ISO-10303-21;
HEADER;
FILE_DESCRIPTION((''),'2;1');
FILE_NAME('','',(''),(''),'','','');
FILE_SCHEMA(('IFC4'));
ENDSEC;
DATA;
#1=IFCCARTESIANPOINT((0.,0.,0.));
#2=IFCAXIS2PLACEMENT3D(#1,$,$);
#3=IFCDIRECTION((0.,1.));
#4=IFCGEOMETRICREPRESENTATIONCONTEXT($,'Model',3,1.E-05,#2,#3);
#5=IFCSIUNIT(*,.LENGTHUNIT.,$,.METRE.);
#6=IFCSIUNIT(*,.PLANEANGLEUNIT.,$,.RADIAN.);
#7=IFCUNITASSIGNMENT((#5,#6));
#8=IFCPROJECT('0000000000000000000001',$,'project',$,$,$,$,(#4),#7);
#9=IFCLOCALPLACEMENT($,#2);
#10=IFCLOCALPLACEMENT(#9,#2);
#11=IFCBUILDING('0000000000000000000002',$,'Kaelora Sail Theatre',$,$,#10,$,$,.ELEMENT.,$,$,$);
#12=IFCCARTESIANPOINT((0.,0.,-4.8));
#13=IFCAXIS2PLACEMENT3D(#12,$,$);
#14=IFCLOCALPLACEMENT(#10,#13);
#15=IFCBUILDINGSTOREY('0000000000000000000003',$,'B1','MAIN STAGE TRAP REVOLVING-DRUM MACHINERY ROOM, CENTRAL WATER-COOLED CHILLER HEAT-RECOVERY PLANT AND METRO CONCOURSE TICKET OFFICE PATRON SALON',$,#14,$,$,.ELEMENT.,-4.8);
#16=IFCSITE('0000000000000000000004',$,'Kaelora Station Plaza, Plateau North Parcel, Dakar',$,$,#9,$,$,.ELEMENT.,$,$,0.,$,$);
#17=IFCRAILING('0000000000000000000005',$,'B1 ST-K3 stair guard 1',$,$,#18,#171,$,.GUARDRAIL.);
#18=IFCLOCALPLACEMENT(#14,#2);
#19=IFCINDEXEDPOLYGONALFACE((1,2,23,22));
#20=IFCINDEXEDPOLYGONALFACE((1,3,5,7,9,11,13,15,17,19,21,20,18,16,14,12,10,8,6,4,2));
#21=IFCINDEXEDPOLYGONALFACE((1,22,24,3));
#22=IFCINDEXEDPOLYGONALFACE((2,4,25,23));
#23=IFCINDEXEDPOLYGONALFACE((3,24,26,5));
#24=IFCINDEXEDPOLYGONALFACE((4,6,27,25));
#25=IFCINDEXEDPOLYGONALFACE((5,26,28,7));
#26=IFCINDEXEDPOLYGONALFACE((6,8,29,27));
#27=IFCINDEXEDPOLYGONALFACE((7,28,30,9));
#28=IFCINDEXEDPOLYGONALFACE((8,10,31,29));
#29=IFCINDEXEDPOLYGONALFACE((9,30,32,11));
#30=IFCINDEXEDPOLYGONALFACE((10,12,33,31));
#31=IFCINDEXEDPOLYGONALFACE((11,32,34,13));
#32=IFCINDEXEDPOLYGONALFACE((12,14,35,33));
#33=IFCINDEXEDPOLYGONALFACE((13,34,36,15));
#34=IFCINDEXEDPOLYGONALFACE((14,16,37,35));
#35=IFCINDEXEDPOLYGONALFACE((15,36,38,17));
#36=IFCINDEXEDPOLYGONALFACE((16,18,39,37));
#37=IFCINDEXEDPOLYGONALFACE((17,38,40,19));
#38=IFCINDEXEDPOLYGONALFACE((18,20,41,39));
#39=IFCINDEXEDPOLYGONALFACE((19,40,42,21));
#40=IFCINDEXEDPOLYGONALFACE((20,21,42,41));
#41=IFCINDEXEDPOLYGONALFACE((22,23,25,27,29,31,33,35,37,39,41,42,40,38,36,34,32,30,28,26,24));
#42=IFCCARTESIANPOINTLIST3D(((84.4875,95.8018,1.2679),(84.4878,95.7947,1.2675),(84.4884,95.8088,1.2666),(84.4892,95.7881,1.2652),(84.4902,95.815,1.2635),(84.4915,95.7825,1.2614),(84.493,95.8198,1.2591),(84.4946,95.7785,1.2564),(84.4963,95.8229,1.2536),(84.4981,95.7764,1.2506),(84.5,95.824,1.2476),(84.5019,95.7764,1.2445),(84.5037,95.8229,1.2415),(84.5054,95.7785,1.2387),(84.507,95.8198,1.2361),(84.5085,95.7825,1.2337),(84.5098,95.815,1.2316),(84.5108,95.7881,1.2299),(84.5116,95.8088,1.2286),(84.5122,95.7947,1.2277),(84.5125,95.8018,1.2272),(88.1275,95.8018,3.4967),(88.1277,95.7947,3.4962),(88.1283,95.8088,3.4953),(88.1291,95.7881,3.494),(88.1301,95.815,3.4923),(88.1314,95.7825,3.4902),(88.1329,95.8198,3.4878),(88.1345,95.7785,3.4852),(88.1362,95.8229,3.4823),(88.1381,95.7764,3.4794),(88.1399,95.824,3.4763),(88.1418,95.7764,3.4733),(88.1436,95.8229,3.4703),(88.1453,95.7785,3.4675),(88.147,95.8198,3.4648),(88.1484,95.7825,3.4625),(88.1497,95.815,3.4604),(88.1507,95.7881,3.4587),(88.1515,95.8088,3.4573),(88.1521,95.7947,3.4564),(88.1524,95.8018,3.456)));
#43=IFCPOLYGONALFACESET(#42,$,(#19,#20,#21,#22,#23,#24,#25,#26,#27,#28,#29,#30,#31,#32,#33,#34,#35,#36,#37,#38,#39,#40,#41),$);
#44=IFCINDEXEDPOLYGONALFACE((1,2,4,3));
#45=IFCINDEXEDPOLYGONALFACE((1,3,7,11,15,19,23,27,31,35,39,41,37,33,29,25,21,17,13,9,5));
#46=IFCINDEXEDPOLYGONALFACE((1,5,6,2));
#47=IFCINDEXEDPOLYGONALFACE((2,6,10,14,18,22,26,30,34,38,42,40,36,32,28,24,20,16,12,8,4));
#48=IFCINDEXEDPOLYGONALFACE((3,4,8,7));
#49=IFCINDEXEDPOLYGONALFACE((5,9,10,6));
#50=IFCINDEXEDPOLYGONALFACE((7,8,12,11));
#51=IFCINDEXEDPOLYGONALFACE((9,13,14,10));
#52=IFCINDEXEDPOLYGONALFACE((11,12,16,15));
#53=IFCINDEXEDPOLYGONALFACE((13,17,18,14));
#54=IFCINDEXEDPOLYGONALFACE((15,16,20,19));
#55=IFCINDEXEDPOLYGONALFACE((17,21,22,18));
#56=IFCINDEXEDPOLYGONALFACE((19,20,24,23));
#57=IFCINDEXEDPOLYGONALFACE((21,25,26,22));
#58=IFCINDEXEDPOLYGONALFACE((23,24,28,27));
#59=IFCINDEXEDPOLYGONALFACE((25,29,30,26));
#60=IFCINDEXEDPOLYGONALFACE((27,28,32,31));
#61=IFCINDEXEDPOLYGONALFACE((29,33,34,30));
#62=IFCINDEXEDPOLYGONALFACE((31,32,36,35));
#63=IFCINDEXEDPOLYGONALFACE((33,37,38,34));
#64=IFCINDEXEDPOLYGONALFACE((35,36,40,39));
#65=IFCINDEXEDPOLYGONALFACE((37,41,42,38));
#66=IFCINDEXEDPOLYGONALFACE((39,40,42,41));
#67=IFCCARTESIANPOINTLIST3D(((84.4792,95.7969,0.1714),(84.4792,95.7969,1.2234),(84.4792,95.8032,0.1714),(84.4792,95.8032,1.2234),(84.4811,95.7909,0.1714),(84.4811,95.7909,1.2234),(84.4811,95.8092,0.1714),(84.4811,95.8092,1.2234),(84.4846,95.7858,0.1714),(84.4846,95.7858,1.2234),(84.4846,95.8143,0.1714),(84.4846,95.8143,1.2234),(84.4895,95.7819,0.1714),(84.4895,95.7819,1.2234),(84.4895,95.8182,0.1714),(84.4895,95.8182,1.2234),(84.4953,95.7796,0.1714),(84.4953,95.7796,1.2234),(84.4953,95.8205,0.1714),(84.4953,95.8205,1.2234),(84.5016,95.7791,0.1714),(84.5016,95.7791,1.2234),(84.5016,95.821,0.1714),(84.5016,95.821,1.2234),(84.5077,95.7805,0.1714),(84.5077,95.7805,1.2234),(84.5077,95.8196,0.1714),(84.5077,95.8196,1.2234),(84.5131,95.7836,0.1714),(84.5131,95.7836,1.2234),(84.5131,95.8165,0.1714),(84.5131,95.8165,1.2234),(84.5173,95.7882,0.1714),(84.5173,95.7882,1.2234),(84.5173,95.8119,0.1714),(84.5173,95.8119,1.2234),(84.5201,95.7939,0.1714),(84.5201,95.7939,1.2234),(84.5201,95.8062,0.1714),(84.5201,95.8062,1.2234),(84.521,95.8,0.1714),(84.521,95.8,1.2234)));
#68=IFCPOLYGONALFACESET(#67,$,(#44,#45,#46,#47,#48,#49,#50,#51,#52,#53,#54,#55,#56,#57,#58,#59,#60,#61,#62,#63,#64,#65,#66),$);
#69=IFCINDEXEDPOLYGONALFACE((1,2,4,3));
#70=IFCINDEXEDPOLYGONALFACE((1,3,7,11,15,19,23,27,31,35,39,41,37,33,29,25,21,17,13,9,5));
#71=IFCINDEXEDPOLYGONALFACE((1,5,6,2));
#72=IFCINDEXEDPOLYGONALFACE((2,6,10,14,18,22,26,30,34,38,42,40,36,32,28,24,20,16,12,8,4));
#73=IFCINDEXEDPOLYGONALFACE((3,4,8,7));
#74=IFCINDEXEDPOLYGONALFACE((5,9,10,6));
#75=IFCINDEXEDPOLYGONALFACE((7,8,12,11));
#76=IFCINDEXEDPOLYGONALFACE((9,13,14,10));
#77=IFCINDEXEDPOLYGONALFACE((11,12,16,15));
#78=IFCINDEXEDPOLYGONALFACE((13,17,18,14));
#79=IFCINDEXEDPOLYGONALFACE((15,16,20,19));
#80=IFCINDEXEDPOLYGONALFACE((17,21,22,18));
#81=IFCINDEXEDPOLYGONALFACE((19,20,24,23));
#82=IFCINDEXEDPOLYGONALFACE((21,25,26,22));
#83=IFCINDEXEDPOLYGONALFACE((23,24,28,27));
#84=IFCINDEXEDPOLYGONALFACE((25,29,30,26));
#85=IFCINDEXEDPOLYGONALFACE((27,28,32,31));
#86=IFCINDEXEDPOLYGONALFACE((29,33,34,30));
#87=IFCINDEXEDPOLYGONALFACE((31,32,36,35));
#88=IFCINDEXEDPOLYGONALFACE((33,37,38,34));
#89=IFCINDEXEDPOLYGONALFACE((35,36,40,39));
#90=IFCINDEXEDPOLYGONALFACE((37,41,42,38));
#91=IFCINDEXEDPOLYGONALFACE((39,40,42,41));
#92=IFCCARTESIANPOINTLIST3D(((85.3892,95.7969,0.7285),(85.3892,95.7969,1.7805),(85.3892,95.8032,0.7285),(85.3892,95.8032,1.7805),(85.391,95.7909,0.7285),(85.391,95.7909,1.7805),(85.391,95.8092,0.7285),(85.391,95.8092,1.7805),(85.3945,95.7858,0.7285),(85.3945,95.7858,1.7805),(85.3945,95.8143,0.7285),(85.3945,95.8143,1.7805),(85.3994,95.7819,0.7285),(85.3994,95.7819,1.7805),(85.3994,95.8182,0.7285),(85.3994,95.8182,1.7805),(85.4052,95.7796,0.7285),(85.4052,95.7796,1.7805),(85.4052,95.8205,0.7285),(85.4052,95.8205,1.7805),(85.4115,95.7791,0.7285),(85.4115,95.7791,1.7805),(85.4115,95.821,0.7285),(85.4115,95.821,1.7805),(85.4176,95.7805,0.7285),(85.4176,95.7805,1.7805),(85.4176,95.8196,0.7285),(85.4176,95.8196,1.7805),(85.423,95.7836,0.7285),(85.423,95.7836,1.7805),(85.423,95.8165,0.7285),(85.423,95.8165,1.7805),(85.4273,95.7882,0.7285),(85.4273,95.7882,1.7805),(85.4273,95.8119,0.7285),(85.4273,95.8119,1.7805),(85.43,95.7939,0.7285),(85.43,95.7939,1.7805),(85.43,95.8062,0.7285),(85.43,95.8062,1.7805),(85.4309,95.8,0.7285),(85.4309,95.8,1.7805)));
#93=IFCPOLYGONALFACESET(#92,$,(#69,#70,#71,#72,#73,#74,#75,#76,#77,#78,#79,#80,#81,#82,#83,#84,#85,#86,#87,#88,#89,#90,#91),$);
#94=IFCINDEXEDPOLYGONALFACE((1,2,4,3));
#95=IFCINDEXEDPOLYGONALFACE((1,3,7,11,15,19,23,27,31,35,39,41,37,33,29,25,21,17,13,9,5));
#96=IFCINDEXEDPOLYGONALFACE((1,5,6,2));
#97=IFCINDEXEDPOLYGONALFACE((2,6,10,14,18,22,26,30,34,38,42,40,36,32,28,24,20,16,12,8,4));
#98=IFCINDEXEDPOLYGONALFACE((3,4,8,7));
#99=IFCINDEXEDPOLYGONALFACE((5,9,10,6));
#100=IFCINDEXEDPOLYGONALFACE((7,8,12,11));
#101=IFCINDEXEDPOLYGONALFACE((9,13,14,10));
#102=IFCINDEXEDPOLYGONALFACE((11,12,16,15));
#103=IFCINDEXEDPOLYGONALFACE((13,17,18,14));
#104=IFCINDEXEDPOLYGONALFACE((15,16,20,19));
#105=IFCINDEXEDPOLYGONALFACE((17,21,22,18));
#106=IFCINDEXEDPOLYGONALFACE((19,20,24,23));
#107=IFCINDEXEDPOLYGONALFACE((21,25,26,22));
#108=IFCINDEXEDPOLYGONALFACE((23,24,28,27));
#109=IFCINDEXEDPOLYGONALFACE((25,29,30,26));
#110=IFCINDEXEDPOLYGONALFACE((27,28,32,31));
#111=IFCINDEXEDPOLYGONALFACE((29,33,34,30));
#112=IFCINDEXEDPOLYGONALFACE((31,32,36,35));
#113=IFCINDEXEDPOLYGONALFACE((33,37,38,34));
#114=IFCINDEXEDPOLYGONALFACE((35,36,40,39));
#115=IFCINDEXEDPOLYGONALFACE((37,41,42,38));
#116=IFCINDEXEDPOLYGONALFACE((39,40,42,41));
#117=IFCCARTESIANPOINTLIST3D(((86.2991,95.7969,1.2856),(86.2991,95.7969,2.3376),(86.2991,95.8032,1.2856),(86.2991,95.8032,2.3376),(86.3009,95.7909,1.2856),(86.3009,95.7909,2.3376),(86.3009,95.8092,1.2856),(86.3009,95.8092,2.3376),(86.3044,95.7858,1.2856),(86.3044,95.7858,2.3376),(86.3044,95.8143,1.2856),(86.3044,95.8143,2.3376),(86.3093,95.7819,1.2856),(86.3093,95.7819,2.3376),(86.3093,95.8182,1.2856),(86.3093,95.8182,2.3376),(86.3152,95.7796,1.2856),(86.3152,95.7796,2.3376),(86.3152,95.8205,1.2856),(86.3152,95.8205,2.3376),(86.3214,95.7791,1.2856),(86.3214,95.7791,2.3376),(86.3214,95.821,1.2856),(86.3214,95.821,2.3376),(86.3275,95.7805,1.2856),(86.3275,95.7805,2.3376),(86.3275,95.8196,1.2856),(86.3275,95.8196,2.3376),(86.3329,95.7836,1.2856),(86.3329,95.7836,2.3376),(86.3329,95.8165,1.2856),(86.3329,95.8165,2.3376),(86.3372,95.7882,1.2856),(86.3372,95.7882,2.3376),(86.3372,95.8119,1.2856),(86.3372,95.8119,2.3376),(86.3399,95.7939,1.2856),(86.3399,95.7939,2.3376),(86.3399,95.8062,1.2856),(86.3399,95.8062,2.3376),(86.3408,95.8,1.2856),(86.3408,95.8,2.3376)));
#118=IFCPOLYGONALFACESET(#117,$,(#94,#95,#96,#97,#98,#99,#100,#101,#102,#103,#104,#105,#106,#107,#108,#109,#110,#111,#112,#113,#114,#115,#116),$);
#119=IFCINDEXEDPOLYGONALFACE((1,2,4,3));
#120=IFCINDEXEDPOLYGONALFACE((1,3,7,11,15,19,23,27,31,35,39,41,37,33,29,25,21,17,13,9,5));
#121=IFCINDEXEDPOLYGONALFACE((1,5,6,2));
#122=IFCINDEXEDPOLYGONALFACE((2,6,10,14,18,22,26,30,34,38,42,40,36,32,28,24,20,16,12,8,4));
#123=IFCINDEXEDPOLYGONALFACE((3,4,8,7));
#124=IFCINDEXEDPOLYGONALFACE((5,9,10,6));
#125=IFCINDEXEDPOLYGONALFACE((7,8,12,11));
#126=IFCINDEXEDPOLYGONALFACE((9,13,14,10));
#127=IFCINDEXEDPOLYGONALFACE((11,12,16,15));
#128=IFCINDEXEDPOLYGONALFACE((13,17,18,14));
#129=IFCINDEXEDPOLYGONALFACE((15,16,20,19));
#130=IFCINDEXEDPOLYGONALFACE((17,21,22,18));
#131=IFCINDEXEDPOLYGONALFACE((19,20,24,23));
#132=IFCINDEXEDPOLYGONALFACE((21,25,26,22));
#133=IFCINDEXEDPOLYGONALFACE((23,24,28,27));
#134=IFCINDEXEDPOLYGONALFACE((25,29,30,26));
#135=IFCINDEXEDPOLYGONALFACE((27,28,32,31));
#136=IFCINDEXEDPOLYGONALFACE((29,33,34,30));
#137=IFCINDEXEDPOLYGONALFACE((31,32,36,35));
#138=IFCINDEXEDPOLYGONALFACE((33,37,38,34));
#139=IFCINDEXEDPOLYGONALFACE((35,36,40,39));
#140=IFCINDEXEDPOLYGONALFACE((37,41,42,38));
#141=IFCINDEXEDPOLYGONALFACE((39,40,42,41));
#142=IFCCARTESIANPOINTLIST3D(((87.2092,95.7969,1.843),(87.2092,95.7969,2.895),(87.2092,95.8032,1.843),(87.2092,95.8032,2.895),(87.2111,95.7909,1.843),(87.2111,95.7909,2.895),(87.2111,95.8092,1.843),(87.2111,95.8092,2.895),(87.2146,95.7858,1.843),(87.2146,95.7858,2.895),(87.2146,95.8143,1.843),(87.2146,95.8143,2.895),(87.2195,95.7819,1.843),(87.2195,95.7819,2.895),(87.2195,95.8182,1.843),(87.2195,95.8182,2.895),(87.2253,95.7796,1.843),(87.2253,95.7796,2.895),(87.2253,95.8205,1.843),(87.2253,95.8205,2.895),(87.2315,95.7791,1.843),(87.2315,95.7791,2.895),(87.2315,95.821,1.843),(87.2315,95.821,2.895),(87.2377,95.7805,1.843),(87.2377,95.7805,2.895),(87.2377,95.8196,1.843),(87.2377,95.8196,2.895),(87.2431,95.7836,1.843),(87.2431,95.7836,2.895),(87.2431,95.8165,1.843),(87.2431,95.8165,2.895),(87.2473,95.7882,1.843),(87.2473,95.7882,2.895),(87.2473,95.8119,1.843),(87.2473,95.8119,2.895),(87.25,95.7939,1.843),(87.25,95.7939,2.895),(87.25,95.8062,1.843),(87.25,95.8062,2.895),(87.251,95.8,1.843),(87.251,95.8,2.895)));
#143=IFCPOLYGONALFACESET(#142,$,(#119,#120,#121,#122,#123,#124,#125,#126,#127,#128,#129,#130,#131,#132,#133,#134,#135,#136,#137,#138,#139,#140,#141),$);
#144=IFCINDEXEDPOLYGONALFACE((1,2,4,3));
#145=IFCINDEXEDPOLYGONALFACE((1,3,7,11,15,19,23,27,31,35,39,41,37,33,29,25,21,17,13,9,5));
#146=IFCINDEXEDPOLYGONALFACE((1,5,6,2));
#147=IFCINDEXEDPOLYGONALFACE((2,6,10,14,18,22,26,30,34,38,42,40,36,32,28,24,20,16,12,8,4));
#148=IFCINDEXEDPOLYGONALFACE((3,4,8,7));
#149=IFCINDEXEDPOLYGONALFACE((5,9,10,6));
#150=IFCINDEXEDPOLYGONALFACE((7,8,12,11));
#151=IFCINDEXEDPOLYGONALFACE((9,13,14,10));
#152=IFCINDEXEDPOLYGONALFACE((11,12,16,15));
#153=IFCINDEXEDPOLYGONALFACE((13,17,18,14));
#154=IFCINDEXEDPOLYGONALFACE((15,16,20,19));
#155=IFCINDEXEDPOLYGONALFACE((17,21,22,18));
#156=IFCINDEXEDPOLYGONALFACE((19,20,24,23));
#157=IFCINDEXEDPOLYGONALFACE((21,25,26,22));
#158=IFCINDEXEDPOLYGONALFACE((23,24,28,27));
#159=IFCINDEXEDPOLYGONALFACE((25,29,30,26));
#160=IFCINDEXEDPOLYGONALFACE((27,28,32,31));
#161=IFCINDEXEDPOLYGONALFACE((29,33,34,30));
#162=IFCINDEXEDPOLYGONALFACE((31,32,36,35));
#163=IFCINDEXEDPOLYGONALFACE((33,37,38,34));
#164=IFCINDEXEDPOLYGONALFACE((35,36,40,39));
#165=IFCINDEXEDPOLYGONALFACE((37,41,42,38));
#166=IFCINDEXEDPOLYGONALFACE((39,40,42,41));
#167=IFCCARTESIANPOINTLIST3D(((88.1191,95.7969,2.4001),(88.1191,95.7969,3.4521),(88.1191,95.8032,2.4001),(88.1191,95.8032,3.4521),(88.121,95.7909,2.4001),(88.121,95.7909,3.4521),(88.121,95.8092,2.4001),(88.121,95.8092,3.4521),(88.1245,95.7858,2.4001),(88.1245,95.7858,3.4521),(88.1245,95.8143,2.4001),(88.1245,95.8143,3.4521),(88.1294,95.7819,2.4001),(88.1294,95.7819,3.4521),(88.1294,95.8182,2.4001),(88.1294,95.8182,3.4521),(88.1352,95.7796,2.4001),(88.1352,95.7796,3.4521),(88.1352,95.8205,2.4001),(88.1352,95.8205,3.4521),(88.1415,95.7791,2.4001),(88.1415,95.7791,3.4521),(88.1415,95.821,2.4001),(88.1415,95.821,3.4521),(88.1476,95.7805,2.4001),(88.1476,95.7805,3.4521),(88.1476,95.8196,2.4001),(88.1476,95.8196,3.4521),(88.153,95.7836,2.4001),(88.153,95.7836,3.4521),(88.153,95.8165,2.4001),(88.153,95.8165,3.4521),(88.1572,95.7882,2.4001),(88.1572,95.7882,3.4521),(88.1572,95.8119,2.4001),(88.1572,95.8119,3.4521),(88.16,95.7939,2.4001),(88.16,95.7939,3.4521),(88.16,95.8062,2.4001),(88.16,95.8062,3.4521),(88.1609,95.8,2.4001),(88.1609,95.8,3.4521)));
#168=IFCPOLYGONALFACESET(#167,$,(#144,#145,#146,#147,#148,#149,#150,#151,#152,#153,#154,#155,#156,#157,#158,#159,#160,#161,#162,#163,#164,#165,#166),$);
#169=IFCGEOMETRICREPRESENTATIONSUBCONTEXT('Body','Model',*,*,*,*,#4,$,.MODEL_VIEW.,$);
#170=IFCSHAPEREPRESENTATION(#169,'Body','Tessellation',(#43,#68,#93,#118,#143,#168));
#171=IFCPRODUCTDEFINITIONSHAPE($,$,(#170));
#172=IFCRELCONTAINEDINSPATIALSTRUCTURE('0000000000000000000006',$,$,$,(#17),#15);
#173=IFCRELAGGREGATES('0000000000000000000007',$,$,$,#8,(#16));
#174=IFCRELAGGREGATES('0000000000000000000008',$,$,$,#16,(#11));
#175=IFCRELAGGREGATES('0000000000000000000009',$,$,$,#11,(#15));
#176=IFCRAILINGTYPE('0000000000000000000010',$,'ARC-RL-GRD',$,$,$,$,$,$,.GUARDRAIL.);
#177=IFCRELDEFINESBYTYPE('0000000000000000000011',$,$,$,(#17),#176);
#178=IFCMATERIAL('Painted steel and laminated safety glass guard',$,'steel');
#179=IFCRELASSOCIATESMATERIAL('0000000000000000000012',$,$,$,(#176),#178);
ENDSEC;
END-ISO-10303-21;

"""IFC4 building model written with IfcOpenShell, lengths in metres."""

from ifc_helpers import new_model, si_unit, direction, frame, origin, origin_2d, place, context, subcontext, project, spatial, circle, extrude, material, type_object, element, save


model = new_model("IFC4")

# Units and contexts
model_context = context("Model", 3, precision=1e-05, world=origin(), true_north=direction((0.0, 1.0)))
body_context = subcontext(model_context, "Body", "Model", "MODEL_VIEW")
ifc_project = project(units=[si_unit("LENGTHUNIT", "METRE"), si_unit("PLANEANGLEUNIT", "RADIAN")], contexts=[model_context])

# Site, building, storey
site_placement = place(None, origin())
site = spatial("IfcSite", under=ifc_project, at=site_placement, Name="Kaelora Station Plaza, Plateau North Parcel, Dakar", CompositionType="ELEMENT", RefElevation=0.0)
building_placement = place(site_placement, origin())
building = spatial("IfcBuilding", under=site, at=building_placement, Name="Kaelora Sail Theatre", CompositionType="ELEMENT")
storey_placement = place(building_placement, frame((0.0, 0.0, -4.8)))
storey = spatial("IfcBuildingStorey", under=building, at=storey_placement, Name="B1", Description="MAIN STAGE TRAP REVOLVING-DRUM MACHINERY ROOM, CENTRAL WATER-COOLED CHILLER HEAT-RECOVERY PLANT AND METRO CONCOURSE TICKET OFFICE PATRON SALON", CompositionType="ELEMENT", Elevation=-4.8)

# Railing
ifc_material_1 = material(Name="Painted steel and laminated safety glass guard", Category="steel")
railing_type_1 = type_object("IfcRailingType", Name="ARC-RL-GRD", PredefinedType="GUARDRAIL", material=ifc_material_1)
railing_1_placement = place(storey_placement, frame((84.5, 95.8, 0.1714)))
element("IfcRailing", 1, at=railing_1_placement, inside=storey, type_object=railing_type_1, Name="B1 ST-K3 stair guard 1", PredefinedType="GUARDRAIL", context=body_context, shape_type="SweptSolid", body=[
    extrude(circle(Radius=0.0239, at=origin_2d()), frame((0.0, 0.0, 1.0762), z_axis=(0.852825, 0.0, 0.522197), x_axis=(0.0, 1.0, 0.0)), (0.0, 0.0, 1.0), 4.2681),
    extrude(circle(Radius=0.021, at=origin_2d()), origin(), (0.0, 0.0, 1.0), 1.052),
    extrude(circle(Radius=0.021, at=origin_2d()), frame((0.9099, 0.0, 0.5571)), (0.0, 0.0, 1.0), 1.052),
    extrude(circle(Radius=0.021, at=origin_2d()), frame((1.8198, 0.0, 1.1143)), (0.0, 0.0, 1.0), 1.052),
    extrude(circle(Radius=0.021, at=origin_2d()), frame((2.73, 0.0, 1.6716)), (0.0, 0.0, 1.0), 1.052),
    extrude(circle(Radius=0.021, at=origin_2d()), frame((3.6399, 0.0, 2.2288)), (0.0, 0.0, 1.0), 1.052),
])

save(model, "model.ifc")
